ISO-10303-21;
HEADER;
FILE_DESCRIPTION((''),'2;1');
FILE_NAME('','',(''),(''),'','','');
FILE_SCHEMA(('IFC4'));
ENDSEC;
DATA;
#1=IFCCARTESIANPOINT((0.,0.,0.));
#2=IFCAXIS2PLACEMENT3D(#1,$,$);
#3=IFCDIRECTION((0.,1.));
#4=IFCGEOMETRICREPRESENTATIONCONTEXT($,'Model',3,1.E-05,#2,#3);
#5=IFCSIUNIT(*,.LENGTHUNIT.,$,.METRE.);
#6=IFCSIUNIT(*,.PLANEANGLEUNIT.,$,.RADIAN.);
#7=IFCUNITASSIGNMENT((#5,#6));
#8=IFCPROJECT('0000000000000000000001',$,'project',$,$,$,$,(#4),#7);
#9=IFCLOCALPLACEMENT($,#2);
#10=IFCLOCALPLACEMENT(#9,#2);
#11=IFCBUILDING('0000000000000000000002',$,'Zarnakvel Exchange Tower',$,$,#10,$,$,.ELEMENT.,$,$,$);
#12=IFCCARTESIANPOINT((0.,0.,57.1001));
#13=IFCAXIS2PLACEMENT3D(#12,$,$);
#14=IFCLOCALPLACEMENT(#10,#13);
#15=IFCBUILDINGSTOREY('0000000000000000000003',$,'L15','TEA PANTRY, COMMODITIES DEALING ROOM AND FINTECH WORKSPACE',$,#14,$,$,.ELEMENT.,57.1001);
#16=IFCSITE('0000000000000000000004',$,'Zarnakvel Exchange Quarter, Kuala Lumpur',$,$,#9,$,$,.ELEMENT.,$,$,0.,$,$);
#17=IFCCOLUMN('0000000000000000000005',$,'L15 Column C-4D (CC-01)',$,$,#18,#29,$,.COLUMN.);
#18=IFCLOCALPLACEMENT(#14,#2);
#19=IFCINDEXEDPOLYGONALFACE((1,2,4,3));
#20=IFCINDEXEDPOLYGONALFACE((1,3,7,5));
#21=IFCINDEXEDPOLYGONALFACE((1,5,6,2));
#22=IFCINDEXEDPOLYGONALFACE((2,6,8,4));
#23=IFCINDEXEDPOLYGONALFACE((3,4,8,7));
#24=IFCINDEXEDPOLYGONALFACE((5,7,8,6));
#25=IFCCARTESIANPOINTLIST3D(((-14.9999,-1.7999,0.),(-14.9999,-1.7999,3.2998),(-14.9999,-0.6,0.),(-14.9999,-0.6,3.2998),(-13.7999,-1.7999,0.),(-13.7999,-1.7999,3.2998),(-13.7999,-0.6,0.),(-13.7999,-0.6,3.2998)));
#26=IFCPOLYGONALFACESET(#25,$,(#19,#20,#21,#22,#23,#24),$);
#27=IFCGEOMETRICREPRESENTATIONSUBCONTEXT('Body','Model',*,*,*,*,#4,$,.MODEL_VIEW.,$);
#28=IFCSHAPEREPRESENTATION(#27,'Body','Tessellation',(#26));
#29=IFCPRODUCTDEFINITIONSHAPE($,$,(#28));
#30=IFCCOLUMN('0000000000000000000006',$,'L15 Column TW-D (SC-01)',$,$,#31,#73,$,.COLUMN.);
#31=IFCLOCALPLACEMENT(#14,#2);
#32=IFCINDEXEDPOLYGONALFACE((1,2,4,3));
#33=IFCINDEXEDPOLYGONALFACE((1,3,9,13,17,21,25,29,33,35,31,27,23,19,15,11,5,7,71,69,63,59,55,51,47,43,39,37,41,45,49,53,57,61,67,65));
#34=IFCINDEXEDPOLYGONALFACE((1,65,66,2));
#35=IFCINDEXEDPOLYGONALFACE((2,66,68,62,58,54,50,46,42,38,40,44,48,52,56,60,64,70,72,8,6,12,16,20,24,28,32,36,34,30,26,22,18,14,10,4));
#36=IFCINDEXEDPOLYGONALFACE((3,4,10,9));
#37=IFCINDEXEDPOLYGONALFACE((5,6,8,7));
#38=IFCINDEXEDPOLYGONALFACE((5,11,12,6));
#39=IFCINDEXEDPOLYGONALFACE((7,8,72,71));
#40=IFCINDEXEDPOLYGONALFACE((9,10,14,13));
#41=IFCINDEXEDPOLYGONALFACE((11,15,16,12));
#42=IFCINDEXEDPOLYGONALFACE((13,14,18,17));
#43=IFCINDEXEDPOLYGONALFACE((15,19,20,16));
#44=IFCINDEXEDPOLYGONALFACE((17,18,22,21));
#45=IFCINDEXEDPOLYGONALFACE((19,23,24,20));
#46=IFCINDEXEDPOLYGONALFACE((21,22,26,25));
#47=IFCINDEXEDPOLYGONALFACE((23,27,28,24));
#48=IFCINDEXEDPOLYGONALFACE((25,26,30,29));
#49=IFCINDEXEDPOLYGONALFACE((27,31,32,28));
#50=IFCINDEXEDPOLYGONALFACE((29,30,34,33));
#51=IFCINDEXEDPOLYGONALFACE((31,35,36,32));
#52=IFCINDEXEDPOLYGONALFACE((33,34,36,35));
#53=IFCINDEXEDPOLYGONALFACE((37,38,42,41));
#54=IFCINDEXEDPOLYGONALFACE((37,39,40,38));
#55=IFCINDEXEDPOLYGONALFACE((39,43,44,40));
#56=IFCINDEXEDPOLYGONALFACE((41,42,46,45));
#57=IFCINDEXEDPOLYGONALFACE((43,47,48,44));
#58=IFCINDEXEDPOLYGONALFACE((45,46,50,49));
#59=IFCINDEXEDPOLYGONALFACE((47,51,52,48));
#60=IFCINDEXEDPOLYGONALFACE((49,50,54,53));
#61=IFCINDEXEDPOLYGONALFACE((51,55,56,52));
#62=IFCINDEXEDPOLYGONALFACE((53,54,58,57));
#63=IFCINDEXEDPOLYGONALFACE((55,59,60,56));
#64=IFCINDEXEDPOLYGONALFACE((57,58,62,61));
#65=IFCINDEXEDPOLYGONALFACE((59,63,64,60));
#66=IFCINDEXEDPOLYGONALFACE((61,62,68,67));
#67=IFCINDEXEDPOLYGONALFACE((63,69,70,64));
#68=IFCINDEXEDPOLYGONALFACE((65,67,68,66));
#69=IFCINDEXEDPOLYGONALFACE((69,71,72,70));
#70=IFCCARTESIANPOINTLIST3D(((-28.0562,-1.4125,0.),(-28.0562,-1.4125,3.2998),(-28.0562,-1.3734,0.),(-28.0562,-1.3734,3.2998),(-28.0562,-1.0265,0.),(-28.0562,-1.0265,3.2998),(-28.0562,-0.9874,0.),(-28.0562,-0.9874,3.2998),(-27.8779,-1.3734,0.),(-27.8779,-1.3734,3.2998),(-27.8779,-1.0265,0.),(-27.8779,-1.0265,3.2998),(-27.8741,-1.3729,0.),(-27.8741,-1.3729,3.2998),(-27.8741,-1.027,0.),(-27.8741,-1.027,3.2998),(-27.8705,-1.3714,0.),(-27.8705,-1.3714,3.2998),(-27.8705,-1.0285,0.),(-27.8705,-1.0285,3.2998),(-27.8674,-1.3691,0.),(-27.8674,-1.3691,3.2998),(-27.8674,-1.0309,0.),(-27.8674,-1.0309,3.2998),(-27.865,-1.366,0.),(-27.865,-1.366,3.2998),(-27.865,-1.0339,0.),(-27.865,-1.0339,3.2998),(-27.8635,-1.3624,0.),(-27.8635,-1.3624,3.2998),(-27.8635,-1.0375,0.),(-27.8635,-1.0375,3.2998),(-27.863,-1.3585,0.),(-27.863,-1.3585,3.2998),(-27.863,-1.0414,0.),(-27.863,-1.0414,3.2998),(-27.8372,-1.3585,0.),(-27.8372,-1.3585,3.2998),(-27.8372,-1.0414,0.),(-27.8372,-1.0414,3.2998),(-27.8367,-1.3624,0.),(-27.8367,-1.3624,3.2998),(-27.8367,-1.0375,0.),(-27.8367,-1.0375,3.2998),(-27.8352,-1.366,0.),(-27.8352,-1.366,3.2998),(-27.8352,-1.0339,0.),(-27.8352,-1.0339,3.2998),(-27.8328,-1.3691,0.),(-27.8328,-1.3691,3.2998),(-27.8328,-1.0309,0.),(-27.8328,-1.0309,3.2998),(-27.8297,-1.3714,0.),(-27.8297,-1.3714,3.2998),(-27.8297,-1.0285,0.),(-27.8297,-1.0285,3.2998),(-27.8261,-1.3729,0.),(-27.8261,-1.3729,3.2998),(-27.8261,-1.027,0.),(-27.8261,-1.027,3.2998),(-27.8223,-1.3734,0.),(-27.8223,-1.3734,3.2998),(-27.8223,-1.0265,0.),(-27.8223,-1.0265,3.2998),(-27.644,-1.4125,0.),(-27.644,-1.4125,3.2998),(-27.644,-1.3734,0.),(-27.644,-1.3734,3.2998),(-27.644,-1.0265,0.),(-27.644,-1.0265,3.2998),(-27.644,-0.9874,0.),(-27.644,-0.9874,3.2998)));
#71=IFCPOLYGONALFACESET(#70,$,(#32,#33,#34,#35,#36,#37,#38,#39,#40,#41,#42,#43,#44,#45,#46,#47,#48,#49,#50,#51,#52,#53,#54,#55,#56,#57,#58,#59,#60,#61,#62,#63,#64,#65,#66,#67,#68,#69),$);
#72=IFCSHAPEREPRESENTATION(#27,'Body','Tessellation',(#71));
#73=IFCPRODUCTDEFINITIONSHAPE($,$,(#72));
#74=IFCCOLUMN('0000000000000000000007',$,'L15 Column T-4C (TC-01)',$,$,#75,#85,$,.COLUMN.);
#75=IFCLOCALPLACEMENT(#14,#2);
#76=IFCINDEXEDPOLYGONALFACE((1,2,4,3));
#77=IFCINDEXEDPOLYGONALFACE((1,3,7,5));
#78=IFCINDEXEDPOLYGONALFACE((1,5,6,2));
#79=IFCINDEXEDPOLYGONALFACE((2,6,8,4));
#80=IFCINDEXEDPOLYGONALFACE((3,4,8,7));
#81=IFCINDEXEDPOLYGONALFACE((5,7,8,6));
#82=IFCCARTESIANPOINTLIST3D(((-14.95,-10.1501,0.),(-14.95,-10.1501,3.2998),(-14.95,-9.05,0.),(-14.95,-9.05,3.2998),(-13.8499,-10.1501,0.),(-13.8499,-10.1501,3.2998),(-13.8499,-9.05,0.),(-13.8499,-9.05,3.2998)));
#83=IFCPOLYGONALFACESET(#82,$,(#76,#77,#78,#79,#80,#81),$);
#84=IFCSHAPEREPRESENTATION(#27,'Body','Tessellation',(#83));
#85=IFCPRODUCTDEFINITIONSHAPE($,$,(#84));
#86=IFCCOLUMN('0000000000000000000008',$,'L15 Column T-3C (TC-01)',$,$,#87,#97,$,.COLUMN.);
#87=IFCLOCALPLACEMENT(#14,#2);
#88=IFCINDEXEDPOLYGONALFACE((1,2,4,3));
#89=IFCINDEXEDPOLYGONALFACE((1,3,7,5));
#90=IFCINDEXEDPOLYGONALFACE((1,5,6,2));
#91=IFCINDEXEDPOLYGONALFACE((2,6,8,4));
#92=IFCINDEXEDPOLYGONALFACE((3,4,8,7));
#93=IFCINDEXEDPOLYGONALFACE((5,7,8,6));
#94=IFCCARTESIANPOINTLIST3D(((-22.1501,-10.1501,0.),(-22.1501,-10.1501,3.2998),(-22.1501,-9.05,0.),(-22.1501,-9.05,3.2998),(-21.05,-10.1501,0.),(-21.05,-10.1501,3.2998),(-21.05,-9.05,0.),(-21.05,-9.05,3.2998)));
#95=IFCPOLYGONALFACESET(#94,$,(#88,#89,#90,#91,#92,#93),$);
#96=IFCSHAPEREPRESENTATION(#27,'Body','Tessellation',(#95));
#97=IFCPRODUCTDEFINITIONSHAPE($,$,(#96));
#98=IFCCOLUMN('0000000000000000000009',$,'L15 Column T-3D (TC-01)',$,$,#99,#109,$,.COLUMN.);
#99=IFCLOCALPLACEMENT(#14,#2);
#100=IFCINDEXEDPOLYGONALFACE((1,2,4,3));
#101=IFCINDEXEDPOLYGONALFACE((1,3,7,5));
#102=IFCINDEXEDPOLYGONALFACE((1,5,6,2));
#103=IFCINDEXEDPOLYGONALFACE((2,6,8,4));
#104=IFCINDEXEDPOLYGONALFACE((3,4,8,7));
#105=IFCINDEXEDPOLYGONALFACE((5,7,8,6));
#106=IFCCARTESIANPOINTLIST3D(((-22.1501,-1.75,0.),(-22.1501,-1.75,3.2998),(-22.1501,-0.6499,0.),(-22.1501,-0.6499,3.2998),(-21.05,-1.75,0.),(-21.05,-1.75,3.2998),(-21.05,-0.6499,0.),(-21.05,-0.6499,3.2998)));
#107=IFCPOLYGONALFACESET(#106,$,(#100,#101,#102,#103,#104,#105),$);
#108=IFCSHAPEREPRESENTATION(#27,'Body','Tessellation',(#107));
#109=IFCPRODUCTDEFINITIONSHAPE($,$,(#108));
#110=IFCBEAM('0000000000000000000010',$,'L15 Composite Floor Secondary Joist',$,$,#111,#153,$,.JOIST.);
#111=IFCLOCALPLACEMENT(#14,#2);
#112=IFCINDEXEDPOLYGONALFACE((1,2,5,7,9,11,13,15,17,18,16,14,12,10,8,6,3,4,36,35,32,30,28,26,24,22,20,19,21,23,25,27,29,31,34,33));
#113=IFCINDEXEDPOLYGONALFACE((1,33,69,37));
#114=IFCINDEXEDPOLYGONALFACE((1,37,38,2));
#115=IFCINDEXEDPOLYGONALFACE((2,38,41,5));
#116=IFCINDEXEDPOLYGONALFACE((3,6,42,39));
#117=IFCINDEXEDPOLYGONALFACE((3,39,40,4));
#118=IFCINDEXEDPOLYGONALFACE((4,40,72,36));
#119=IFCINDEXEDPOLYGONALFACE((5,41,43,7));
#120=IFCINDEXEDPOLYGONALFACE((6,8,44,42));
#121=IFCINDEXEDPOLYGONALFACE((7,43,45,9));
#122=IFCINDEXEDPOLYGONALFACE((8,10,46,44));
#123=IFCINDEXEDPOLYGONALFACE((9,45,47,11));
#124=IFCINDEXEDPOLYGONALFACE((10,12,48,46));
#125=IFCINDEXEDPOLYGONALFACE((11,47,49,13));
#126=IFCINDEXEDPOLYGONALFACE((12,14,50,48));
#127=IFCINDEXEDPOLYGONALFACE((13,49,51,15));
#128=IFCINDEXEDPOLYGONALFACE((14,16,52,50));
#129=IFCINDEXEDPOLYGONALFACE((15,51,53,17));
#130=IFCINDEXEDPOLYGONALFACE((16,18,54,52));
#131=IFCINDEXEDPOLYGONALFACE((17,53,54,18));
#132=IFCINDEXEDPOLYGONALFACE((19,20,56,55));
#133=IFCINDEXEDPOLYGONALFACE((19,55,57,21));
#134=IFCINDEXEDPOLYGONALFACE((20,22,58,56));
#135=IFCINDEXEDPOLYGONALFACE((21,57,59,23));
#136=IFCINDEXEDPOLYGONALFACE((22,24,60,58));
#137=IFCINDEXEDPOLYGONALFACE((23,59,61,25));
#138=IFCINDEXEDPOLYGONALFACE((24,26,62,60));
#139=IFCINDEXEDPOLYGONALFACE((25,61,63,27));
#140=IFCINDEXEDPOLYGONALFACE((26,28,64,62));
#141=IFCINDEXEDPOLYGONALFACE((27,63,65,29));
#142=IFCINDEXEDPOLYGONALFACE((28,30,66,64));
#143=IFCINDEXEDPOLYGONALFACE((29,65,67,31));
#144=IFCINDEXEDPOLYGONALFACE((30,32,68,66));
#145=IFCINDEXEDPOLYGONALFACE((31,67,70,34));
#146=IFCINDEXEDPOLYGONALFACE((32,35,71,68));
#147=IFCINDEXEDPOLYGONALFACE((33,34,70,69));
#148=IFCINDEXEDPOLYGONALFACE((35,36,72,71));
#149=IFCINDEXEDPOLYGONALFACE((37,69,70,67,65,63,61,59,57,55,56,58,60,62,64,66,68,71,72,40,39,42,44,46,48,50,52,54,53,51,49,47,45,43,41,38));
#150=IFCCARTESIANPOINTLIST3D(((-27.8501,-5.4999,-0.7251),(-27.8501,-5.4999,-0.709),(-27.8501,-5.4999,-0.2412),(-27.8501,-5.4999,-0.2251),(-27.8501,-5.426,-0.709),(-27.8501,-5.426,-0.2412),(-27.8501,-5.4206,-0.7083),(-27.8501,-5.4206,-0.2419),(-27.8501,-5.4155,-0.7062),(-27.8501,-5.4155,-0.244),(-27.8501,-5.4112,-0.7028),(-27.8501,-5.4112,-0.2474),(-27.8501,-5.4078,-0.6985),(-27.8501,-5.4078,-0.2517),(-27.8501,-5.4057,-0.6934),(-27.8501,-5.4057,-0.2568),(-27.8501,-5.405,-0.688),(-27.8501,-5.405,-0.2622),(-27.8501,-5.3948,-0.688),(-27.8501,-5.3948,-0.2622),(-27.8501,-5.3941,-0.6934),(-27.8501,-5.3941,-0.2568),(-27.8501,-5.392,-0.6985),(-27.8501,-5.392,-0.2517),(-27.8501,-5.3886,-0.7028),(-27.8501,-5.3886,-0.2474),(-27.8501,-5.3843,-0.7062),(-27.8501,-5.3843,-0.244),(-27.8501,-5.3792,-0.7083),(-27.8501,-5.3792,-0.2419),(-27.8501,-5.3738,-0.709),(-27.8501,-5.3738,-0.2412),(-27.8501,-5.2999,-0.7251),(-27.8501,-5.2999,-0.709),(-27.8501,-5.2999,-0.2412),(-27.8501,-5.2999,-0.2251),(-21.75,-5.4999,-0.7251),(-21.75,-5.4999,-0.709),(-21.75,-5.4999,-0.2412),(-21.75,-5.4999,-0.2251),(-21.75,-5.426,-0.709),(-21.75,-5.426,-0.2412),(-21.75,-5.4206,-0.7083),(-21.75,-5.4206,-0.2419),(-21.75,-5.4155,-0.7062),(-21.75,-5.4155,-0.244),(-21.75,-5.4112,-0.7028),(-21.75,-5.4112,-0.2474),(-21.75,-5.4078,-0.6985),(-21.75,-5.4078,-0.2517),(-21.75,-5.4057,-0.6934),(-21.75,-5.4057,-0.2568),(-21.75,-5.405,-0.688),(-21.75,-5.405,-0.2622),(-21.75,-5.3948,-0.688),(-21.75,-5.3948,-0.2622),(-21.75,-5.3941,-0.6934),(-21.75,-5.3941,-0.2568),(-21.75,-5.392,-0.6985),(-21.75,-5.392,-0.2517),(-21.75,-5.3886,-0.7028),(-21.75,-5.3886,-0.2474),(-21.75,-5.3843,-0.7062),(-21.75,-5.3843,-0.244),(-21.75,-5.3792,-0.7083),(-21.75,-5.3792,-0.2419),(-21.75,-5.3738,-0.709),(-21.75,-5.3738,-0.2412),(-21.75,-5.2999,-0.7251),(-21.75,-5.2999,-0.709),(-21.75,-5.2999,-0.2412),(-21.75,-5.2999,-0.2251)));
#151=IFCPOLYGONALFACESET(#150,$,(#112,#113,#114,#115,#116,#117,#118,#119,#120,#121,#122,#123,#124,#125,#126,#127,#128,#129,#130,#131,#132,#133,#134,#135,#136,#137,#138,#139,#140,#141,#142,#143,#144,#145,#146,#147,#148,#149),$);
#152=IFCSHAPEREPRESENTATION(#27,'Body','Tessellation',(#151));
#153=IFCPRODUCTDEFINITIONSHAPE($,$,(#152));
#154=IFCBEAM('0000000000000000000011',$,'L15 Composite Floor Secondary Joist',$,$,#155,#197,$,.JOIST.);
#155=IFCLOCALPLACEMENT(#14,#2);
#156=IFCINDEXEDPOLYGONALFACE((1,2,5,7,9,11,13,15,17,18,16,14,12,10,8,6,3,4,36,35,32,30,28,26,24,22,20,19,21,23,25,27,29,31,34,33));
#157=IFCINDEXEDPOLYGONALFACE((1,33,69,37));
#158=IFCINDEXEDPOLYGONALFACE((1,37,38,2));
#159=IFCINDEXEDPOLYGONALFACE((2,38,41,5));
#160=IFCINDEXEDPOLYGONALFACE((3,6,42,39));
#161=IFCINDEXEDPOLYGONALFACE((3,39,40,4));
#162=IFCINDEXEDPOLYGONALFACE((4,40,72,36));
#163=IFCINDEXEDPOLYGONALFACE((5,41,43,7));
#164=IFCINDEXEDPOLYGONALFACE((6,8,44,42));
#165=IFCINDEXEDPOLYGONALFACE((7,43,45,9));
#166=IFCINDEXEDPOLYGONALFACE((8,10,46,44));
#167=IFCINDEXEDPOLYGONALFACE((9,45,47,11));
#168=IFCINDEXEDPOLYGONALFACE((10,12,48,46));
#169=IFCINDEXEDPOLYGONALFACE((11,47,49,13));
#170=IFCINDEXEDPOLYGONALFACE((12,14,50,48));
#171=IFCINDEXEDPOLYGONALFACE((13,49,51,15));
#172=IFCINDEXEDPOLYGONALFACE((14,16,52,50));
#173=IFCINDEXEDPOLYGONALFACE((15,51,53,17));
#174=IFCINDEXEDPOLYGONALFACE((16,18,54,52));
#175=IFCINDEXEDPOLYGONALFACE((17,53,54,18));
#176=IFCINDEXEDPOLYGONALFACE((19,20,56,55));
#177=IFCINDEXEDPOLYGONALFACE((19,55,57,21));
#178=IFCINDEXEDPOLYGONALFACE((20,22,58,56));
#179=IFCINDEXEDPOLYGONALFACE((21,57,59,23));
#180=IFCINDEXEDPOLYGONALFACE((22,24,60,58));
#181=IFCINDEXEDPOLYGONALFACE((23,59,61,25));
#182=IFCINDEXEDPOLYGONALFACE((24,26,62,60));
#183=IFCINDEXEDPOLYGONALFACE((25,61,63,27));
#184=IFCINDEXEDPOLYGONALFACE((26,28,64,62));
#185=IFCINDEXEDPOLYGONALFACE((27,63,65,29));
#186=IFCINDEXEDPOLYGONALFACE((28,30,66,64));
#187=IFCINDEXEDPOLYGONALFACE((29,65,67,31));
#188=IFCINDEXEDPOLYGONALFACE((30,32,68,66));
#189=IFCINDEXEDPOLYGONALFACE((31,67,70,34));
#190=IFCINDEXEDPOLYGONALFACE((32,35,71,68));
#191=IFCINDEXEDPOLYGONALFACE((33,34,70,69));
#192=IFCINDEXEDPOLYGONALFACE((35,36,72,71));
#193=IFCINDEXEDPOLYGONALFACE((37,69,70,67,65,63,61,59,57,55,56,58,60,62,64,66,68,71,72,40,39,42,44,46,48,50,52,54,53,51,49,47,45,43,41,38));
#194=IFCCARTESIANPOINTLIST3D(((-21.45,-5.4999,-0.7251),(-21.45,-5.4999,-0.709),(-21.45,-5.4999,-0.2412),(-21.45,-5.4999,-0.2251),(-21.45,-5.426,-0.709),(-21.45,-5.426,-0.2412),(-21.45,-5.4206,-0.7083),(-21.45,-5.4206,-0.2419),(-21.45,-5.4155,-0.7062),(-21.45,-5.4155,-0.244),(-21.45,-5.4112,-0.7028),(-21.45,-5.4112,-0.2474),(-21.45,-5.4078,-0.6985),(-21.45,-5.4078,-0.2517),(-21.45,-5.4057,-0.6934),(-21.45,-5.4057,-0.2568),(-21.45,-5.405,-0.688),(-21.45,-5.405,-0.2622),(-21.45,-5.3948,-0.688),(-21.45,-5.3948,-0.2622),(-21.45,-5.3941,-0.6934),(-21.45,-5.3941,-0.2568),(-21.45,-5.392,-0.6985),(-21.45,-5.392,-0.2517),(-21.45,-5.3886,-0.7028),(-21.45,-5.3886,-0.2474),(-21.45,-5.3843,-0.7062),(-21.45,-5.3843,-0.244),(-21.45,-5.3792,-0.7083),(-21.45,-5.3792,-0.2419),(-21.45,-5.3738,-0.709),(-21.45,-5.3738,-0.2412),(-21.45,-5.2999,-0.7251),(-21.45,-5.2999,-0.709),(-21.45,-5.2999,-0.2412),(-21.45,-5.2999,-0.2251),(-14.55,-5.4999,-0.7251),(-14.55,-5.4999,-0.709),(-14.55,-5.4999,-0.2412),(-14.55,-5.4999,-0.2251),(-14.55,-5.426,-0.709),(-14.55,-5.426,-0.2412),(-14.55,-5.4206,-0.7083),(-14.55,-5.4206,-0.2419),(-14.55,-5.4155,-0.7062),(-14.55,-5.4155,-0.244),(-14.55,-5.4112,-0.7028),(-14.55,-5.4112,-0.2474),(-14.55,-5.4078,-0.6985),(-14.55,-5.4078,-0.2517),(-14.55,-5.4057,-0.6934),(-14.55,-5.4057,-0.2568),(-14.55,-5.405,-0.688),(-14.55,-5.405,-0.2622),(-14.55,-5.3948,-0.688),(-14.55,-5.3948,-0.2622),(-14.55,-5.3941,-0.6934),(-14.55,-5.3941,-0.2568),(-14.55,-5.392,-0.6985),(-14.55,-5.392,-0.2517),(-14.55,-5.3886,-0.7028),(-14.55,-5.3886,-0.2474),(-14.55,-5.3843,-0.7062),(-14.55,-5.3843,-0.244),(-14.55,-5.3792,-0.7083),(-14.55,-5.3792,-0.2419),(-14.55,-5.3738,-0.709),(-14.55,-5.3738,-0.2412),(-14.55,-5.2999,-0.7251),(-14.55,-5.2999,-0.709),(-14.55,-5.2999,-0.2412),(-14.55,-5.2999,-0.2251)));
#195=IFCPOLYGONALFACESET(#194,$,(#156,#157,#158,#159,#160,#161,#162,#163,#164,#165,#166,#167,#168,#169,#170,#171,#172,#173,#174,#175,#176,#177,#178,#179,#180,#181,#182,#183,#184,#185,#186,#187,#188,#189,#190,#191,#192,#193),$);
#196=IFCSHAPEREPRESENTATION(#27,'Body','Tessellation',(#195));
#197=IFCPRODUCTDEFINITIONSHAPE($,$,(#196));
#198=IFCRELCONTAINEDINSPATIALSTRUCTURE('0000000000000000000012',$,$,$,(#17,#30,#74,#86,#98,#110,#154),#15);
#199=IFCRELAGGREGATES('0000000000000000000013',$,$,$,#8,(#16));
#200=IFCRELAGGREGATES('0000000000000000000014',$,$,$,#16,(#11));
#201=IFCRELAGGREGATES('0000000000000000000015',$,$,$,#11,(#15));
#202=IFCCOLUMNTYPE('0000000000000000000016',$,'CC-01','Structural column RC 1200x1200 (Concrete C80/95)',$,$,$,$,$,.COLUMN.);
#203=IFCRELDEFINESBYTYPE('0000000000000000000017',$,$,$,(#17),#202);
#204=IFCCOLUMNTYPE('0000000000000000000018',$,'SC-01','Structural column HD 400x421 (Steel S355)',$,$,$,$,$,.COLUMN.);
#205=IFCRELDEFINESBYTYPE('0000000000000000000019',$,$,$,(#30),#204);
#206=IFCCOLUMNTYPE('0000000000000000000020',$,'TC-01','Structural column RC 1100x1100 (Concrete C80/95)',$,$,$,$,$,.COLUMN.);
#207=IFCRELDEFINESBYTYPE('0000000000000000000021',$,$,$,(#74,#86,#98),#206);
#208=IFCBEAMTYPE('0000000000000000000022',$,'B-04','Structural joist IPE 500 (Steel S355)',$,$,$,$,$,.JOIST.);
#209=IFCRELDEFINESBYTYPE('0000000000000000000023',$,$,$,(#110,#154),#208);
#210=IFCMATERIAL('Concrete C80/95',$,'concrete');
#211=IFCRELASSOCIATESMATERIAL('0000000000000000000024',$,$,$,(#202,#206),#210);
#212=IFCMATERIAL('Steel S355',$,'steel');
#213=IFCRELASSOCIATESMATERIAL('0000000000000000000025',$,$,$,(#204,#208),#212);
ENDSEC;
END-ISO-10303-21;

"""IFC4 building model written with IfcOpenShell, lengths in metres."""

from ifc_helpers import new_model, si_unit, direction, frame, origin, origin_2d, place, context, subcontext, project, spatial, rectangle, i_section, extrude, material, material_profile, profile_set, type_object, element, save


model = new_model("IFC4")

# Units and contexts
model_context = context("Model", 3, precision=1e-05, world=origin(), true_north=direction((0.0, 1.0)))
body_context = subcontext(model_context, "Body", "Model", "MODEL_VIEW")
ifc_project = project(units=[si_unit("LENGTHUNIT", "METRE"), si_unit("PLANEANGLEUNIT", "RADIAN")], contexts=[model_context])

# Site, building, storey
site_placement = place(None, origin())
site = spatial("IfcSite", under=ifc_project, at=site_placement, Name="Zarnakvel Exchange Quarter, Kuala Lumpur", CompositionType="ELEMENT", RefElevation=0.0)
building_placement = place(site_placement, origin())
building = spatial("IfcBuilding", under=site, at=building_placement, Name="Zarnakvel Exchange Tower", CompositionType="ELEMENT")
storey_placement = place(building_placement, frame((0.0, 0.0, 57.1001)))
storey = spatial("IfcBuildingStorey", under=building, at=storey_placement, Name="L15", Description="TEA PANTRY, COMMODITIES DEALING ROOM AND FINTECH WORKSPACE", CompositionType="ELEMENT", Elevation=57.1001)

# Columns
ifc_material_1 = material(Name="Concrete C80/95", Category="concrete")
ifc_material_profile_1 = material_profile(ifc_material_1, rectangle(XDim=1.2, YDim=1.2, at=origin_2d()))
ifc_profile_set_1 = profile_set([ifc_material_profile_1], Name="Concrete C80/95")
column_type_1 = type_object("IfcColumnType", Name="CC-01", Description="Structural column RC 1200x1200 (Concrete C80/95)", PredefinedType="COLUMN", material=ifc_profile_set_1)
column_1_placement = place(storey_placement, frame((-14.3999, -1.2, 0.0), z_axis=(0.0, 0.0, 1.0), x_axis=(1.0, 0.0, 0.0)))
element("IfcColumn", 1, at=column_1_placement, inside=storey, type_object=column_type_1, Name="L15 Column C-4D (CC-01)", PredefinedType="COLUMN", context=body_context, shape_type="SweptSolid", body=[
    extrude(rectangle(XDim=1.2, YDim=1.2, at=origin_2d()), origin(), (0.0, 0.0, 1.0), 3.2998),
])
ifc_material_2 = material(Name="Steel S355", Category="steel")
ifc_material_profile_2 = material_profile(ifc_material_2, i_section(OverallWidth=0.4121, OverallDepth=0.425, WebThickness=0.0259, FlangeThickness=0.0391, FilletRadius=0.0149, at=origin_2d()))
ifc_profile_set_2 = profile_set([ifc_material_profile_2], Name="Steel S355")
column_type_2 = type_object("IfcColumnType", Name="SC-01", Description="Structural column HD 400x421 (Steel S355)", PredefinedType="COLUMN", material=ifc_profile_set_2)
column_2_placement = place(storey_placement, frame((-27.8501, -1.2, 0.0), z_axis=(0.0, 0.0, 1.0), x_axis=(1.0, 0.0, 0.0)))
element("IfcColumn", 2, at=column_2_placement, inside=storey, type_object=column_type_2, Name="L15 Column TW-D (SC-01)", PredefinedType="COLUMN", context=body_context, shape_type="SweptSolid", body=[
    extrude(i_section(OverallWidth=0.4121, OverallDepth=0.425, WebThickness=0.0259, FlangeThickness=0.0391, FilletRadius=0.0149, at=origin_2d()), origin(), (0.0, 0.0, 1.0), 3.2998),
])
ifc_material_profile_3 = material_profile(ifc_material_1, rectangle(XDim=1.1001, YDim=1.1001, at=origin_2d()))
ifc_profile_set_3 = profile_set([ifc_material_profile_3], Name="Concrete C80/95")
column_type_3 = type_object("IfcColumnType", Name="TC-01", Description="Structural column RC 1100x1100 (Concrete C80/95)", PredefinedType="COLUMN", material=ifc_profile_set_3)
for number, where, z_axis, x_axis, name in (
    (3, (-14.3999, -9.6001, 0.0), (0.0, 0.0, 1.0), (1.0, 0.0, 0.0), "L15 Column T-4C (TC-01)"),
    (4, (-21.6001, -9.6001, 0.0), (0.0, 0.0, 1.0), (1.0, 0.0, 0.0), "L15 Column T-3C (TC-01)"),
    (5, (-21.6001, -1.2, 0.0), (0.0, 0.0, 1.0), (1.0, 0.0, 0.0), "L15 Column T-3D (TC-01)"),
):
    element("IfcColumn", number, at=place(storey_placement, frame(where, z_axis=z_axis, x_axis=x_axis)), inside=storey, type_object=column_type_3, Name=name, PredefinedType="COLUMN", context=body_context, shape_type="SweptSolid", body=[
        extrude(rectangle(XDim=1.1001, YDim=1.1001, at=origin_2d()), origin(), (0.0, 0.0, 1.0), 3.2998),
    ])

# Beams
ifc_material_profile_4 = material_profile(ifc_material_2, i_section(OverallWidth=0.2, OverallDepth=0.5, WebThickness=0.0103, FlangeThickness=0.0161, FilletRadius=0.021, at=origin_2d()))
ifc_profile_set_4 = profile_set([ifc_material_profile_4], Name="Steel S355")
beam_type_1 = type_object("IfcBeamType", Name="B-04", Description="Structural joist IPE 500 (Steel S355)", PredefinedType="JOIST", material=ifc_profile_set_4)
beam_1_placement = place(storey_placement, frame((-27.8501, -5.3999, -0.4751), z_axis=(1.0, 0.0, 0.0), x_axis=(0.0, 1.0, 0.0)))
element("IfcBeam", 6, at=beam_1_placement, inside=storey, type_object=beam_type_1, Name="L15 Composite Floor Secondary Joist", PredefinedType="JOIST", context=body_context, shape_type="SweptSolid", body=[
    extrude(i_section(OverallWidth=0.2, OverallDepth=0.5, WebThickness=0.0103, FlangeThickness=0.0161, FilletRadius=0.021, at=origin_2d()), origin(), (0.0, 0.0, 1.0), 6.1001),
])
beam_2_placement = place(storey_placement, frame((-21.45, -5.3999, -0.4751), z_axis=(1.0, 0.0, 0.0), x_axis=(0.0, 1.0, 0.0)))
element("IfcBeam", 7, at=beam_2_placement, inside=storey, type_object=beam_type_1, Name="L15 Composite Floor Secondary Joist", PredefinedType="JOIST", context=body_context, shape_type="SweptSolid", body=[
    extrude(i_section(OverallWidth=0.2, OverallDepth=0.5, WebThickness=0.0103, FlangeThickness=0.0161, FilletRadius=0.021, at=origin_2d()), origin(), (0.0, 0.0, 1.0), 6.8999),
])

save(model, "model.ifc")
